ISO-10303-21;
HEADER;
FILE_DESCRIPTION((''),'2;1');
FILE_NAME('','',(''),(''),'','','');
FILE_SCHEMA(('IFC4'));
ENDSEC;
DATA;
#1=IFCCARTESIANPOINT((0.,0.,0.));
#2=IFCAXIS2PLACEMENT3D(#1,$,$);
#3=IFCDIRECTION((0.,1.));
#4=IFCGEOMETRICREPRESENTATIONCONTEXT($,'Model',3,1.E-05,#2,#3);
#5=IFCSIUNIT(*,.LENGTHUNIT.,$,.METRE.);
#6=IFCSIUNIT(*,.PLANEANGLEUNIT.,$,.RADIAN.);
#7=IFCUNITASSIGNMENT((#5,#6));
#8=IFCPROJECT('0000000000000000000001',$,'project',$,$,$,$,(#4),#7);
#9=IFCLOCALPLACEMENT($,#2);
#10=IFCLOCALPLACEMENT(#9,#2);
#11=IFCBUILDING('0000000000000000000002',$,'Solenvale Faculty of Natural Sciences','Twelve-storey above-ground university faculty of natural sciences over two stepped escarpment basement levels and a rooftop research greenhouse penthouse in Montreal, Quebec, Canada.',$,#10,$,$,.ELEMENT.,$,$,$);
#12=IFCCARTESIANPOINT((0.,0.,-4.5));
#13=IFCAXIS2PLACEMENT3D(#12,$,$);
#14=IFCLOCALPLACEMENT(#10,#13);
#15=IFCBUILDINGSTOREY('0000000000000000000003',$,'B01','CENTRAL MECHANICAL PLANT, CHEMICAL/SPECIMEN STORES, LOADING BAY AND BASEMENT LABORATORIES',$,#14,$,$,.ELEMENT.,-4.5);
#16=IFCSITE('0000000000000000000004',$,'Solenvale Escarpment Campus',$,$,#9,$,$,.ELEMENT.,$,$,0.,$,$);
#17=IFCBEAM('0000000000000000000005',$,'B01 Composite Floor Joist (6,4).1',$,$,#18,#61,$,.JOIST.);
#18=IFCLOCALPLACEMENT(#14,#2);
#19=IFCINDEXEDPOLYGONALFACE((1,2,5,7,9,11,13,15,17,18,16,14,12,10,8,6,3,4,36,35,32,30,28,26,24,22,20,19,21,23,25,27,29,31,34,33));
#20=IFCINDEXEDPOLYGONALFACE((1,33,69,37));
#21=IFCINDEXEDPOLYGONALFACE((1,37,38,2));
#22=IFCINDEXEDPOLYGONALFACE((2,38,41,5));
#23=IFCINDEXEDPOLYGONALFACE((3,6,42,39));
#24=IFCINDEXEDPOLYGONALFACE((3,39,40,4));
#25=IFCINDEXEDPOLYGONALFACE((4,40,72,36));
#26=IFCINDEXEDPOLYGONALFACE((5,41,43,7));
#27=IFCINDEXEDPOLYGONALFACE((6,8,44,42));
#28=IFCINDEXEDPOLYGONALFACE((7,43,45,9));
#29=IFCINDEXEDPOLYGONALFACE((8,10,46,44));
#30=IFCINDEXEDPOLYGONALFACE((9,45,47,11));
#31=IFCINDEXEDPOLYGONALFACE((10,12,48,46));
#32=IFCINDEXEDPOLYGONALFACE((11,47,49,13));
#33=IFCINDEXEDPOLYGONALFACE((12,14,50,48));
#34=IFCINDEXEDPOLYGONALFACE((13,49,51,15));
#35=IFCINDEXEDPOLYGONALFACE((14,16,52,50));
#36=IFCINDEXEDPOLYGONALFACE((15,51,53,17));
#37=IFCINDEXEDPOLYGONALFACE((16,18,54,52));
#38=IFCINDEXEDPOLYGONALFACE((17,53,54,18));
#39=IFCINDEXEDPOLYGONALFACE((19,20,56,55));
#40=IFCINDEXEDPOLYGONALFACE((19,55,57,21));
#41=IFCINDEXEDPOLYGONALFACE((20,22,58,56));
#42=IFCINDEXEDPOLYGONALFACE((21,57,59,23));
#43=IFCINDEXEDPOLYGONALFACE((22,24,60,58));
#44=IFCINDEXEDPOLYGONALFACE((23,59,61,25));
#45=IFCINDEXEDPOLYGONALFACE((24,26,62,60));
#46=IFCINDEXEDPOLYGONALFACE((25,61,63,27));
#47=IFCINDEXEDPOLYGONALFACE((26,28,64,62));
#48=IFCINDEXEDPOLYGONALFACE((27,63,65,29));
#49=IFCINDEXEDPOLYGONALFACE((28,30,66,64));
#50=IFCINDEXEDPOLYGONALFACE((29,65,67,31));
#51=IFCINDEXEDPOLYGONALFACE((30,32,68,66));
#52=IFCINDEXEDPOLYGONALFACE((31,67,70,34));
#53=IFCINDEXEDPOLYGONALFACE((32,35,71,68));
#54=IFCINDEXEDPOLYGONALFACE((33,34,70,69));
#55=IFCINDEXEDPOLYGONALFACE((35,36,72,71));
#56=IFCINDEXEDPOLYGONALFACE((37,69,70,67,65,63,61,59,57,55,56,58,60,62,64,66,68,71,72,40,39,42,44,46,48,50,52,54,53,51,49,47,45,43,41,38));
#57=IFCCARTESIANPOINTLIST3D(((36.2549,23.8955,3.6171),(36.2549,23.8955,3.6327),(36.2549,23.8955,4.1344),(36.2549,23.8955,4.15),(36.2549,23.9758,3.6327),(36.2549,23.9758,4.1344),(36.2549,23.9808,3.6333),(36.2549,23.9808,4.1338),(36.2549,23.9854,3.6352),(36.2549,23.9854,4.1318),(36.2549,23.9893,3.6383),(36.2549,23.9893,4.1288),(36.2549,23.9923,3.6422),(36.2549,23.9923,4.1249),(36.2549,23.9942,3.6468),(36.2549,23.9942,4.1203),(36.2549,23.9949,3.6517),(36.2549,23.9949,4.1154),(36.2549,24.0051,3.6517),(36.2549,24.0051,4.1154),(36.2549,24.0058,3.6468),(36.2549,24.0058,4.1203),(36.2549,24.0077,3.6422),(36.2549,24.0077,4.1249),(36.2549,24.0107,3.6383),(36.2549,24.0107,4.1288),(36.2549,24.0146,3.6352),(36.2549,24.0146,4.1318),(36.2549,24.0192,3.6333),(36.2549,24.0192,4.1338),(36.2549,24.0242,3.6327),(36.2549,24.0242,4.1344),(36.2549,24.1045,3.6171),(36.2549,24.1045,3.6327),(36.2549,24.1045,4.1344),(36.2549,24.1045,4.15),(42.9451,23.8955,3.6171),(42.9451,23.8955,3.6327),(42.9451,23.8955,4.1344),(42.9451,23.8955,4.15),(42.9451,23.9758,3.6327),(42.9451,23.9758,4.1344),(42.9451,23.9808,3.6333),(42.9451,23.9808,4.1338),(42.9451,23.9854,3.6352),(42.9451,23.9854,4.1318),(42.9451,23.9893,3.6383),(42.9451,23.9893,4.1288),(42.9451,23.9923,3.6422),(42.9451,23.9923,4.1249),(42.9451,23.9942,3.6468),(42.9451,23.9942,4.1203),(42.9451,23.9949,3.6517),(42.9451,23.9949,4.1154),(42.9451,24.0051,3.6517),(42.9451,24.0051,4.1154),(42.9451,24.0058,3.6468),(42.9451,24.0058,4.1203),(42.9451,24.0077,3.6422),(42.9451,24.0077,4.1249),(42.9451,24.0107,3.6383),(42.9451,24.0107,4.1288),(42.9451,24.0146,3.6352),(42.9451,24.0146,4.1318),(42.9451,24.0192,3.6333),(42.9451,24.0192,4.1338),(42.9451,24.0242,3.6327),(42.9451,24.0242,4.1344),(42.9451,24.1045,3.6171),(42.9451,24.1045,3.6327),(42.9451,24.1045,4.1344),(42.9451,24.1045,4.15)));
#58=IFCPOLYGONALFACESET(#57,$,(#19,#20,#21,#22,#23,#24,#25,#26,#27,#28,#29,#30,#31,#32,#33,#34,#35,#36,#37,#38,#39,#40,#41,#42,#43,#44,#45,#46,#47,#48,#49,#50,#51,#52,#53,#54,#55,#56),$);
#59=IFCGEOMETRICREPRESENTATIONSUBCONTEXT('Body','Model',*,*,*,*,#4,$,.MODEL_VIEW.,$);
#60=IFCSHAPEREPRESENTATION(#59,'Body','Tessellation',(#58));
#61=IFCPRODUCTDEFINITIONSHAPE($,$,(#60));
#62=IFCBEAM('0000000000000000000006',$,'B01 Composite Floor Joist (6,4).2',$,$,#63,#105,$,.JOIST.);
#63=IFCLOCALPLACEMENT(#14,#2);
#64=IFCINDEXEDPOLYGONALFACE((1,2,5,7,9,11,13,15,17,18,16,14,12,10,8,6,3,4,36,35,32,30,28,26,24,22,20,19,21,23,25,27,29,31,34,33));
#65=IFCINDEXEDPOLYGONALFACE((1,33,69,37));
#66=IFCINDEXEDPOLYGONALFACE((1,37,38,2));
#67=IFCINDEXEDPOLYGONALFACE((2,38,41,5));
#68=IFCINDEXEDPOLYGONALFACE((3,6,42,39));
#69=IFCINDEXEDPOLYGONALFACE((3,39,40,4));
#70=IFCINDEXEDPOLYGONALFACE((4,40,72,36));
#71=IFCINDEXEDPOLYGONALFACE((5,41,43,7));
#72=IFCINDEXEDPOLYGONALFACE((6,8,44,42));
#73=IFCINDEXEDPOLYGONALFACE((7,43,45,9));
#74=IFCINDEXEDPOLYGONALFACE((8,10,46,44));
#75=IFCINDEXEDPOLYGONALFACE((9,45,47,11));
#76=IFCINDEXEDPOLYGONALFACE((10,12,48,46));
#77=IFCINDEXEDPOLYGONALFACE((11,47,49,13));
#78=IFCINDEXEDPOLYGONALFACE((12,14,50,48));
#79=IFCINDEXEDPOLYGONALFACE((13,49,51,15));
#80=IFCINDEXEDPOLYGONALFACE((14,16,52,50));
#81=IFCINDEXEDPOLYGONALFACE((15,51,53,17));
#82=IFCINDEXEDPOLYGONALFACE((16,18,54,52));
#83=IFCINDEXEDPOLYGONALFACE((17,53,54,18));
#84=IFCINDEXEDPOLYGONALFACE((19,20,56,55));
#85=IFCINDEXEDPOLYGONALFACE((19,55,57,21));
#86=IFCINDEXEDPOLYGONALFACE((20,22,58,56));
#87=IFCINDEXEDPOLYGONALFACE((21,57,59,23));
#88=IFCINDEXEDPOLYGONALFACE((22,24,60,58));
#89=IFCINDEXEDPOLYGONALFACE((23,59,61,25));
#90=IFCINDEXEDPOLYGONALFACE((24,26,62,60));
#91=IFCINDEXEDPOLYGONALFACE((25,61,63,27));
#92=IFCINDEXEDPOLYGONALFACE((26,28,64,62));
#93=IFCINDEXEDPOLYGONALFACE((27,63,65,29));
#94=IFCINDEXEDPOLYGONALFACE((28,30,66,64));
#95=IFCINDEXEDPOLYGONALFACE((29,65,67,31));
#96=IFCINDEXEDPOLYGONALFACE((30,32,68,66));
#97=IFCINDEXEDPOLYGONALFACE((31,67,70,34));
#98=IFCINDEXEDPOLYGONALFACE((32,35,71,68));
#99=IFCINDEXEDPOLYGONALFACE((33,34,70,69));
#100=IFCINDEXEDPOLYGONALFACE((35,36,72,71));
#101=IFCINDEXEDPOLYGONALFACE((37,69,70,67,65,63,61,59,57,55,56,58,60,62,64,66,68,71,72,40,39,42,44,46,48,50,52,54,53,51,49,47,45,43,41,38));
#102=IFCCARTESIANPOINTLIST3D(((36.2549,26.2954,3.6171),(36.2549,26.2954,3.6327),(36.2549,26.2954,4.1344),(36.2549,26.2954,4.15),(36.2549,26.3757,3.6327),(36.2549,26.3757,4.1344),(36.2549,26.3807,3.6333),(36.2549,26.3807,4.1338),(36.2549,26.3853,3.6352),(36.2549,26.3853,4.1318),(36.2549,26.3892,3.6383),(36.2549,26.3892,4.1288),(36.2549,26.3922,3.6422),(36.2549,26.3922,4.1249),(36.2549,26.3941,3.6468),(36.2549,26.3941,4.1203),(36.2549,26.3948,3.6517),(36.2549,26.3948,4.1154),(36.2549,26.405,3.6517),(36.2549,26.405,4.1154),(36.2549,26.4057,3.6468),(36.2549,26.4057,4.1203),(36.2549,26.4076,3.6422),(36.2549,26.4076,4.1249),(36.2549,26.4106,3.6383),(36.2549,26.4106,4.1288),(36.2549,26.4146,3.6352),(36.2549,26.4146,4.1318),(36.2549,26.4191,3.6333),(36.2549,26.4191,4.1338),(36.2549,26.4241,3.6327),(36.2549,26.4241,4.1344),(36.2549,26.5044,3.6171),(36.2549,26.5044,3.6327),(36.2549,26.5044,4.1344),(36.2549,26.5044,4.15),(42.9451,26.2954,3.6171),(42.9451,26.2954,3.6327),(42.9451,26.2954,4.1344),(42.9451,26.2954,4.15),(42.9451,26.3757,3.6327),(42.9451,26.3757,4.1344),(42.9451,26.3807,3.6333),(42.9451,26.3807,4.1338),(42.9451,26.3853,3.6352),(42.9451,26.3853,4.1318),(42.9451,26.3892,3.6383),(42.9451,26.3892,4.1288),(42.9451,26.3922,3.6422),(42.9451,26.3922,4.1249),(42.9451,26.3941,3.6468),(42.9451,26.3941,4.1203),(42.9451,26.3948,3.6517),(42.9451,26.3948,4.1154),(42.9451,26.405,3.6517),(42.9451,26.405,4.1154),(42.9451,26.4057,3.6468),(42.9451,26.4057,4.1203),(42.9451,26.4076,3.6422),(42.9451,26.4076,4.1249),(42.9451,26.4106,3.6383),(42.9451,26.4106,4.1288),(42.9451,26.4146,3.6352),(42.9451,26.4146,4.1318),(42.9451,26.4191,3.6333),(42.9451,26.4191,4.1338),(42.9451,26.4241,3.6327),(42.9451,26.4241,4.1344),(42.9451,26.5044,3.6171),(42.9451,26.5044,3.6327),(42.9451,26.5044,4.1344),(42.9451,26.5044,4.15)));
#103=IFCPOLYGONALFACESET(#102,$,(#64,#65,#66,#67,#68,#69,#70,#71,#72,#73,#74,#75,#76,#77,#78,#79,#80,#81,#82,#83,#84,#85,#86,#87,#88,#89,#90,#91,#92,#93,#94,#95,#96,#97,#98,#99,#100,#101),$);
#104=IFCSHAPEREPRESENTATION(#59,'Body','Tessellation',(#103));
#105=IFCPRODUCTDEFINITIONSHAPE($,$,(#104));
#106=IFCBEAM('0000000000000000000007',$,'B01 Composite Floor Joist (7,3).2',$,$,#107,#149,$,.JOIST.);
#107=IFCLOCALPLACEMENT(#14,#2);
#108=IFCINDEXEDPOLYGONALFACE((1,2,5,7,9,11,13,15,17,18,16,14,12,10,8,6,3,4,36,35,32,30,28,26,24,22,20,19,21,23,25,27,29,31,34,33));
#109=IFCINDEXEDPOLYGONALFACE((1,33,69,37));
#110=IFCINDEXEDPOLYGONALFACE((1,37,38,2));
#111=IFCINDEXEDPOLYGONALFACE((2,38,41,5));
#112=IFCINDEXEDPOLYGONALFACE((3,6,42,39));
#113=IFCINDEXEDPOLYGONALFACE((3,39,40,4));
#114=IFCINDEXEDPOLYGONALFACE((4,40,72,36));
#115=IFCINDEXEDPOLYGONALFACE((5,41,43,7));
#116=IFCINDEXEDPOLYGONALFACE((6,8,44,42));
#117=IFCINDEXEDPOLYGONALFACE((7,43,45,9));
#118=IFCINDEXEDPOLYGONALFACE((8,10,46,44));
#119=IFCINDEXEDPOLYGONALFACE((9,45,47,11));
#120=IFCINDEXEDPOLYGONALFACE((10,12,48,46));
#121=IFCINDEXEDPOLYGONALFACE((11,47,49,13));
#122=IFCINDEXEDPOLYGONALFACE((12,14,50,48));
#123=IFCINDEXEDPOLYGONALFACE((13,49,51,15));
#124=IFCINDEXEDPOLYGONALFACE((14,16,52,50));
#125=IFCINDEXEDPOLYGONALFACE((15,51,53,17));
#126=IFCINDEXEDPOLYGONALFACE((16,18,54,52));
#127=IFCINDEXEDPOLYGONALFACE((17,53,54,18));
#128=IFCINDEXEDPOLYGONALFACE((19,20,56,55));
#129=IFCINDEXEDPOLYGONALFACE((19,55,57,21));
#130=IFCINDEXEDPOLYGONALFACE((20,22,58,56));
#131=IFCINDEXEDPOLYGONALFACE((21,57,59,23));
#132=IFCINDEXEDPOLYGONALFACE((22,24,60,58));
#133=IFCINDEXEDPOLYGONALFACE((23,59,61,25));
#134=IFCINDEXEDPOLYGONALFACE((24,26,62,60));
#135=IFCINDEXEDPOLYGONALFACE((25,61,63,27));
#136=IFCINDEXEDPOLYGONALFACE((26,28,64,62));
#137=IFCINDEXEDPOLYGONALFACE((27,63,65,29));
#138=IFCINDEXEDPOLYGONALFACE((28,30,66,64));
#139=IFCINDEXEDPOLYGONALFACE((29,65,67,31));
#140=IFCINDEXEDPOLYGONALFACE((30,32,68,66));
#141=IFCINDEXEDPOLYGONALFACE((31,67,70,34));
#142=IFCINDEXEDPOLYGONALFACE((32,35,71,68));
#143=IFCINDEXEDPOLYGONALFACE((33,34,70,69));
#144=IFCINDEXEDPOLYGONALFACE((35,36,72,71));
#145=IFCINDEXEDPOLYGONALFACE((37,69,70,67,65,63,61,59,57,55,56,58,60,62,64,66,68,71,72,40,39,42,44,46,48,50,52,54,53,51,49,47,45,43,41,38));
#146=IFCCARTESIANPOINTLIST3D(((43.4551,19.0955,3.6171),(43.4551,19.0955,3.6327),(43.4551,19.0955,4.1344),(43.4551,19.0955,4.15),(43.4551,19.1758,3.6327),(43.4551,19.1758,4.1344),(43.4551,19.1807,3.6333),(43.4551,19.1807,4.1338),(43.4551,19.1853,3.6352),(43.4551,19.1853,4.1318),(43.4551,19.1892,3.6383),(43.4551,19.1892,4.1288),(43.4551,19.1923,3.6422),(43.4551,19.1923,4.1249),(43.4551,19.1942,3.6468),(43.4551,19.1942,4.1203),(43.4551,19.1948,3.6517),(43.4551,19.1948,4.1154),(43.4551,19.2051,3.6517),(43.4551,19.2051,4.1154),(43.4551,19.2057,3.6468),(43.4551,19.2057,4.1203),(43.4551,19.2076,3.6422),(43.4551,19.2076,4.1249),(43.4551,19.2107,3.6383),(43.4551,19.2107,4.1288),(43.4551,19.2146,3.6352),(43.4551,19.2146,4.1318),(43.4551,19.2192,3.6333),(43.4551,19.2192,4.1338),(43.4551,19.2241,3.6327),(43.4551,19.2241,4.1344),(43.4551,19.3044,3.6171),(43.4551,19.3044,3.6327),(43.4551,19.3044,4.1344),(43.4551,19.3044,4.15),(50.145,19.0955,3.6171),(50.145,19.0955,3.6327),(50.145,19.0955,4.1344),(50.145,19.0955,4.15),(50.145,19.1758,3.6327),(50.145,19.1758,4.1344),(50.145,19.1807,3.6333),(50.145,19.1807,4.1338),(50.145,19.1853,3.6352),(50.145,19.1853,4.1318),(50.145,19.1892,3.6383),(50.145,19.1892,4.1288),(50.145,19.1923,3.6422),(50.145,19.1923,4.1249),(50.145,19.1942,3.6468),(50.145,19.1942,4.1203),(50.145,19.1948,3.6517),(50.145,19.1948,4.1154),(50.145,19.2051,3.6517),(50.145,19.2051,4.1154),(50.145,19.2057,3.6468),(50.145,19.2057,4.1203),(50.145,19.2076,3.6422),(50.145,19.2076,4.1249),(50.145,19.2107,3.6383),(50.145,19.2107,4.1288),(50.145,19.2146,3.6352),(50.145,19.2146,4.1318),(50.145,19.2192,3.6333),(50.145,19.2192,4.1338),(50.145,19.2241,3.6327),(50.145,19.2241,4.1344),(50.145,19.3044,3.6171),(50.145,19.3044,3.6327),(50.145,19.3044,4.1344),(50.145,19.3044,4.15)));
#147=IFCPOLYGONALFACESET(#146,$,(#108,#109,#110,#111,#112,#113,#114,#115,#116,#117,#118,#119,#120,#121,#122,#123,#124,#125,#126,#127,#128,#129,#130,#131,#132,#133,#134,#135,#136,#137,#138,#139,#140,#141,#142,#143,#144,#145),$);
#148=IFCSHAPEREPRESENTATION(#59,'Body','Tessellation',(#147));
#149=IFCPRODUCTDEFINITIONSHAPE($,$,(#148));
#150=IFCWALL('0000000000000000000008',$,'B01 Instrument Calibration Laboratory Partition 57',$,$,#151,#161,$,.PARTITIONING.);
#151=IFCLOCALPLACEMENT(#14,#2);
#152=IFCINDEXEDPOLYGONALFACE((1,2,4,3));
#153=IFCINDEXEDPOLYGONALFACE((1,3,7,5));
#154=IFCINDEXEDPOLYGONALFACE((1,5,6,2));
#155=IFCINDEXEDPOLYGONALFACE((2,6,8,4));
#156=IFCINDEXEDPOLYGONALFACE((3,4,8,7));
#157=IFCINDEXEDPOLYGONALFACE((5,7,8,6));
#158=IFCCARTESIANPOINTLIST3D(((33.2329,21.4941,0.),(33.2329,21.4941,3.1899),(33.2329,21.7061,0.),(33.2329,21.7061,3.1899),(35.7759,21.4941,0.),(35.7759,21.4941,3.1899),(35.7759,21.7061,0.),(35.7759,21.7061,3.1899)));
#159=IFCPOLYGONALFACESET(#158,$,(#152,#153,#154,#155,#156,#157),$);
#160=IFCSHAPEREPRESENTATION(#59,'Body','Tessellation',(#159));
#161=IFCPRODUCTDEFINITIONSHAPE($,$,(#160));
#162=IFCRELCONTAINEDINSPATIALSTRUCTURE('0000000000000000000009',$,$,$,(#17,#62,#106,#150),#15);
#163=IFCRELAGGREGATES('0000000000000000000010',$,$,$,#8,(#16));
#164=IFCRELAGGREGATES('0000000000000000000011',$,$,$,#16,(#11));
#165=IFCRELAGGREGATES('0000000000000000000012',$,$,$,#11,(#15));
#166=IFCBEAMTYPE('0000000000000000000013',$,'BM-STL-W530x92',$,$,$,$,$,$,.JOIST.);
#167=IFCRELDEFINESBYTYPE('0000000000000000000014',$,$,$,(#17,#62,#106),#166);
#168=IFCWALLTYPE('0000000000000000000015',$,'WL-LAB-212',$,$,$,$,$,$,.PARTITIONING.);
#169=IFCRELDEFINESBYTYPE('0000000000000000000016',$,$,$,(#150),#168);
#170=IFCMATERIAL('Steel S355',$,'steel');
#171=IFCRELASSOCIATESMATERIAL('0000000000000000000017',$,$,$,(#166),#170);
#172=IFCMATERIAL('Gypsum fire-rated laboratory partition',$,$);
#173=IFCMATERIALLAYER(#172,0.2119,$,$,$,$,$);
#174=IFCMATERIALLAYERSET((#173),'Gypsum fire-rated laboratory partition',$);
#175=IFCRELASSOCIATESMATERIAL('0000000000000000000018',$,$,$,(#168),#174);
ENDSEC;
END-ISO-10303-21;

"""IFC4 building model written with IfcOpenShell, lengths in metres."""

from ifc_helpers import new_model, si_unit, direction, frame, frame_2d, origin, origin_2d, place, context, subcontext, project, spatial, rectangle, i_section, extrude, material, layer, layer_set, material_profile, profile_set, type_object, element, save


model = new_model("IFC4")

# Units and contexts
model_context = context("Model", 3, precision=1e-05, world=origin(), true_north=direction((0.0, 1.0)))
body_context = subcontext(model_context, "Body", "Model", "MODEL_VIEW")
ifc_project = project(units=[si_unit("LENGTHUNIT", "METRE"), si_unit("PLANEANGLEUNIT", "RADIAN")], contexts=[model_context])

# Site, building, storey
site_placement = place(None, origin())
site = spatial("IfcSite", under=ifc_project, at=site_placement, Name="Solenvale Escarpment Campus", CompositionType="ELEMENT", RefElevation=0.0)
building_placement = place(site_placement, origin())
building = spatial("IfcBuilding", under=site, at=building_placement, Name="Solenvale Faculty of Natural Sciences", Description="Twelve-storey above-ground university faculty of natural sciences over two stepped escarpment basement levels and a rooftop research greenhouse penthouse in Montreal, Quebec, Canada.", CompositionType="ELEMENT")
storey_placement = place(building_placement, frame((0.0, 0.0, -4.5)))
storey = spatial("IfcBuildingStorey", under=building, at=storey_placement, Name="B01", Description="CENTRAL MECHANICAL PLANT, CHEMICAL/SPECIMEN STORES, LOADING BAY AND BASEMENT LABORATORIES", CompositionType="ELEMENT", Elevation=-4.5)

# Beams
ifc_material_1 = material(Name="Steel S355", Category="steel")
ifc_material_profile_1 = material_profile(ifc_material_1, i_section(OverallWidth=0.209, OverallDepth=0.533, WebThickness=0.0103, FlangeThickness=0.0156, FilletRadius=0.019, at=origin_2d()), Name="W530x92")
ifc_profile_set_1 = profile_set([ifc_material_profile_1], Name="Steel S355")
beam_type_1 = type_object("IfcBeamType", Name="BM-STL-W530x92", PredefinedType="JOIST", material=ifc_profile_set_1)
for number, where, z_axis, x_axis, name in (
    (1, (36.2549, 24.0, 3.8835), (1.0, 0.0, 0.0), (0.0, 1.0, 0.0), "B01 Composite Floor Joist (6,4).1"),
    (2, (36.2549, 26.3999, 3.8835), (1.0, 0.0, 0.0), (0.0, 1.0, 0.0), "B01 Composite Floor Joist (6,4).2"),
):
    element("IfcBeam", number, at=place(storey_placement, frame(where, z_axis=z_axis, x_axis=x_axis)), inside=storey, type_object=beam_type_1, Name=name, PredefinedType="JOIST", context=body_context, shape_type="SweptSolid", body=[
        extrude(i_section(OverallWidth=0.209, OverallDepth=0.533, WebThickness=0.0103, FlangeThickness=0.0156, FilletRadius=0.019, at=origin_2d()), origin(), (0.0, 0.0, 1.0), 6.6902),
    ])
beam_1_placement = place(storey_placement, frame((43.4551, 19.2, 3.8835), z_axis=(1.0, 0.0, 0.0), x_axis=(0.0, 1.0, 0.0)))
element("IfcBeam", 3, at=beam_1_placement, inside=storey, type_object=beam_type_1, Name="B01 Composite Floor Joist (7,3).2", PredefinedType="JOIST", context=body_context, shape_type="SweptSolid", body=[
    extrude(i_section(OverallWidth=0.209, OverallDepth=0.533, WebThickness=0.0103, FlangeThickness=0.0156, FilletRadius=0.019, at=origin_2d()), origin(), (0.0, 0.0, 1.0), 6.6899),
])

# Wall
ifc_material_2 = material(Name="Gypsum fire-rated laboratory partition")
ifc_layer = layer(ifc_material_2, 0.2119)
ifc_layer_set = layer_set([ifc_layer], Name="Gypsum fire-rated laboratory partition")
wall_type = type_object("IfcWallType", Name="WL-LAB-212", PredefinedType="PARTITIONING", material=ifc_layer_set)
wall_placement = place(storey_placement, frame((35.7759, 21.6001, 0.0), z_axis=(0.0, 0.0, 1.0), x_axis=(-1.0, 0.0, 0.0)))
element("IfcWall", 4, at=wall_placement, inside=storey, type_object=wall_type, Name="B01 Instrument Calibration Laboratory Partition 57", PredefinedType="PARTITIONING", context=body_context, shape_type="SweptSolid", body=[
    extrude(rectangle(XDim=2.543, YDim=0.2119, at=frame_2d((1.2715, 0.0))), origin(), (0.0, 0.0, 1.0), 3.1899),
])

save(model, "model.ifc")
